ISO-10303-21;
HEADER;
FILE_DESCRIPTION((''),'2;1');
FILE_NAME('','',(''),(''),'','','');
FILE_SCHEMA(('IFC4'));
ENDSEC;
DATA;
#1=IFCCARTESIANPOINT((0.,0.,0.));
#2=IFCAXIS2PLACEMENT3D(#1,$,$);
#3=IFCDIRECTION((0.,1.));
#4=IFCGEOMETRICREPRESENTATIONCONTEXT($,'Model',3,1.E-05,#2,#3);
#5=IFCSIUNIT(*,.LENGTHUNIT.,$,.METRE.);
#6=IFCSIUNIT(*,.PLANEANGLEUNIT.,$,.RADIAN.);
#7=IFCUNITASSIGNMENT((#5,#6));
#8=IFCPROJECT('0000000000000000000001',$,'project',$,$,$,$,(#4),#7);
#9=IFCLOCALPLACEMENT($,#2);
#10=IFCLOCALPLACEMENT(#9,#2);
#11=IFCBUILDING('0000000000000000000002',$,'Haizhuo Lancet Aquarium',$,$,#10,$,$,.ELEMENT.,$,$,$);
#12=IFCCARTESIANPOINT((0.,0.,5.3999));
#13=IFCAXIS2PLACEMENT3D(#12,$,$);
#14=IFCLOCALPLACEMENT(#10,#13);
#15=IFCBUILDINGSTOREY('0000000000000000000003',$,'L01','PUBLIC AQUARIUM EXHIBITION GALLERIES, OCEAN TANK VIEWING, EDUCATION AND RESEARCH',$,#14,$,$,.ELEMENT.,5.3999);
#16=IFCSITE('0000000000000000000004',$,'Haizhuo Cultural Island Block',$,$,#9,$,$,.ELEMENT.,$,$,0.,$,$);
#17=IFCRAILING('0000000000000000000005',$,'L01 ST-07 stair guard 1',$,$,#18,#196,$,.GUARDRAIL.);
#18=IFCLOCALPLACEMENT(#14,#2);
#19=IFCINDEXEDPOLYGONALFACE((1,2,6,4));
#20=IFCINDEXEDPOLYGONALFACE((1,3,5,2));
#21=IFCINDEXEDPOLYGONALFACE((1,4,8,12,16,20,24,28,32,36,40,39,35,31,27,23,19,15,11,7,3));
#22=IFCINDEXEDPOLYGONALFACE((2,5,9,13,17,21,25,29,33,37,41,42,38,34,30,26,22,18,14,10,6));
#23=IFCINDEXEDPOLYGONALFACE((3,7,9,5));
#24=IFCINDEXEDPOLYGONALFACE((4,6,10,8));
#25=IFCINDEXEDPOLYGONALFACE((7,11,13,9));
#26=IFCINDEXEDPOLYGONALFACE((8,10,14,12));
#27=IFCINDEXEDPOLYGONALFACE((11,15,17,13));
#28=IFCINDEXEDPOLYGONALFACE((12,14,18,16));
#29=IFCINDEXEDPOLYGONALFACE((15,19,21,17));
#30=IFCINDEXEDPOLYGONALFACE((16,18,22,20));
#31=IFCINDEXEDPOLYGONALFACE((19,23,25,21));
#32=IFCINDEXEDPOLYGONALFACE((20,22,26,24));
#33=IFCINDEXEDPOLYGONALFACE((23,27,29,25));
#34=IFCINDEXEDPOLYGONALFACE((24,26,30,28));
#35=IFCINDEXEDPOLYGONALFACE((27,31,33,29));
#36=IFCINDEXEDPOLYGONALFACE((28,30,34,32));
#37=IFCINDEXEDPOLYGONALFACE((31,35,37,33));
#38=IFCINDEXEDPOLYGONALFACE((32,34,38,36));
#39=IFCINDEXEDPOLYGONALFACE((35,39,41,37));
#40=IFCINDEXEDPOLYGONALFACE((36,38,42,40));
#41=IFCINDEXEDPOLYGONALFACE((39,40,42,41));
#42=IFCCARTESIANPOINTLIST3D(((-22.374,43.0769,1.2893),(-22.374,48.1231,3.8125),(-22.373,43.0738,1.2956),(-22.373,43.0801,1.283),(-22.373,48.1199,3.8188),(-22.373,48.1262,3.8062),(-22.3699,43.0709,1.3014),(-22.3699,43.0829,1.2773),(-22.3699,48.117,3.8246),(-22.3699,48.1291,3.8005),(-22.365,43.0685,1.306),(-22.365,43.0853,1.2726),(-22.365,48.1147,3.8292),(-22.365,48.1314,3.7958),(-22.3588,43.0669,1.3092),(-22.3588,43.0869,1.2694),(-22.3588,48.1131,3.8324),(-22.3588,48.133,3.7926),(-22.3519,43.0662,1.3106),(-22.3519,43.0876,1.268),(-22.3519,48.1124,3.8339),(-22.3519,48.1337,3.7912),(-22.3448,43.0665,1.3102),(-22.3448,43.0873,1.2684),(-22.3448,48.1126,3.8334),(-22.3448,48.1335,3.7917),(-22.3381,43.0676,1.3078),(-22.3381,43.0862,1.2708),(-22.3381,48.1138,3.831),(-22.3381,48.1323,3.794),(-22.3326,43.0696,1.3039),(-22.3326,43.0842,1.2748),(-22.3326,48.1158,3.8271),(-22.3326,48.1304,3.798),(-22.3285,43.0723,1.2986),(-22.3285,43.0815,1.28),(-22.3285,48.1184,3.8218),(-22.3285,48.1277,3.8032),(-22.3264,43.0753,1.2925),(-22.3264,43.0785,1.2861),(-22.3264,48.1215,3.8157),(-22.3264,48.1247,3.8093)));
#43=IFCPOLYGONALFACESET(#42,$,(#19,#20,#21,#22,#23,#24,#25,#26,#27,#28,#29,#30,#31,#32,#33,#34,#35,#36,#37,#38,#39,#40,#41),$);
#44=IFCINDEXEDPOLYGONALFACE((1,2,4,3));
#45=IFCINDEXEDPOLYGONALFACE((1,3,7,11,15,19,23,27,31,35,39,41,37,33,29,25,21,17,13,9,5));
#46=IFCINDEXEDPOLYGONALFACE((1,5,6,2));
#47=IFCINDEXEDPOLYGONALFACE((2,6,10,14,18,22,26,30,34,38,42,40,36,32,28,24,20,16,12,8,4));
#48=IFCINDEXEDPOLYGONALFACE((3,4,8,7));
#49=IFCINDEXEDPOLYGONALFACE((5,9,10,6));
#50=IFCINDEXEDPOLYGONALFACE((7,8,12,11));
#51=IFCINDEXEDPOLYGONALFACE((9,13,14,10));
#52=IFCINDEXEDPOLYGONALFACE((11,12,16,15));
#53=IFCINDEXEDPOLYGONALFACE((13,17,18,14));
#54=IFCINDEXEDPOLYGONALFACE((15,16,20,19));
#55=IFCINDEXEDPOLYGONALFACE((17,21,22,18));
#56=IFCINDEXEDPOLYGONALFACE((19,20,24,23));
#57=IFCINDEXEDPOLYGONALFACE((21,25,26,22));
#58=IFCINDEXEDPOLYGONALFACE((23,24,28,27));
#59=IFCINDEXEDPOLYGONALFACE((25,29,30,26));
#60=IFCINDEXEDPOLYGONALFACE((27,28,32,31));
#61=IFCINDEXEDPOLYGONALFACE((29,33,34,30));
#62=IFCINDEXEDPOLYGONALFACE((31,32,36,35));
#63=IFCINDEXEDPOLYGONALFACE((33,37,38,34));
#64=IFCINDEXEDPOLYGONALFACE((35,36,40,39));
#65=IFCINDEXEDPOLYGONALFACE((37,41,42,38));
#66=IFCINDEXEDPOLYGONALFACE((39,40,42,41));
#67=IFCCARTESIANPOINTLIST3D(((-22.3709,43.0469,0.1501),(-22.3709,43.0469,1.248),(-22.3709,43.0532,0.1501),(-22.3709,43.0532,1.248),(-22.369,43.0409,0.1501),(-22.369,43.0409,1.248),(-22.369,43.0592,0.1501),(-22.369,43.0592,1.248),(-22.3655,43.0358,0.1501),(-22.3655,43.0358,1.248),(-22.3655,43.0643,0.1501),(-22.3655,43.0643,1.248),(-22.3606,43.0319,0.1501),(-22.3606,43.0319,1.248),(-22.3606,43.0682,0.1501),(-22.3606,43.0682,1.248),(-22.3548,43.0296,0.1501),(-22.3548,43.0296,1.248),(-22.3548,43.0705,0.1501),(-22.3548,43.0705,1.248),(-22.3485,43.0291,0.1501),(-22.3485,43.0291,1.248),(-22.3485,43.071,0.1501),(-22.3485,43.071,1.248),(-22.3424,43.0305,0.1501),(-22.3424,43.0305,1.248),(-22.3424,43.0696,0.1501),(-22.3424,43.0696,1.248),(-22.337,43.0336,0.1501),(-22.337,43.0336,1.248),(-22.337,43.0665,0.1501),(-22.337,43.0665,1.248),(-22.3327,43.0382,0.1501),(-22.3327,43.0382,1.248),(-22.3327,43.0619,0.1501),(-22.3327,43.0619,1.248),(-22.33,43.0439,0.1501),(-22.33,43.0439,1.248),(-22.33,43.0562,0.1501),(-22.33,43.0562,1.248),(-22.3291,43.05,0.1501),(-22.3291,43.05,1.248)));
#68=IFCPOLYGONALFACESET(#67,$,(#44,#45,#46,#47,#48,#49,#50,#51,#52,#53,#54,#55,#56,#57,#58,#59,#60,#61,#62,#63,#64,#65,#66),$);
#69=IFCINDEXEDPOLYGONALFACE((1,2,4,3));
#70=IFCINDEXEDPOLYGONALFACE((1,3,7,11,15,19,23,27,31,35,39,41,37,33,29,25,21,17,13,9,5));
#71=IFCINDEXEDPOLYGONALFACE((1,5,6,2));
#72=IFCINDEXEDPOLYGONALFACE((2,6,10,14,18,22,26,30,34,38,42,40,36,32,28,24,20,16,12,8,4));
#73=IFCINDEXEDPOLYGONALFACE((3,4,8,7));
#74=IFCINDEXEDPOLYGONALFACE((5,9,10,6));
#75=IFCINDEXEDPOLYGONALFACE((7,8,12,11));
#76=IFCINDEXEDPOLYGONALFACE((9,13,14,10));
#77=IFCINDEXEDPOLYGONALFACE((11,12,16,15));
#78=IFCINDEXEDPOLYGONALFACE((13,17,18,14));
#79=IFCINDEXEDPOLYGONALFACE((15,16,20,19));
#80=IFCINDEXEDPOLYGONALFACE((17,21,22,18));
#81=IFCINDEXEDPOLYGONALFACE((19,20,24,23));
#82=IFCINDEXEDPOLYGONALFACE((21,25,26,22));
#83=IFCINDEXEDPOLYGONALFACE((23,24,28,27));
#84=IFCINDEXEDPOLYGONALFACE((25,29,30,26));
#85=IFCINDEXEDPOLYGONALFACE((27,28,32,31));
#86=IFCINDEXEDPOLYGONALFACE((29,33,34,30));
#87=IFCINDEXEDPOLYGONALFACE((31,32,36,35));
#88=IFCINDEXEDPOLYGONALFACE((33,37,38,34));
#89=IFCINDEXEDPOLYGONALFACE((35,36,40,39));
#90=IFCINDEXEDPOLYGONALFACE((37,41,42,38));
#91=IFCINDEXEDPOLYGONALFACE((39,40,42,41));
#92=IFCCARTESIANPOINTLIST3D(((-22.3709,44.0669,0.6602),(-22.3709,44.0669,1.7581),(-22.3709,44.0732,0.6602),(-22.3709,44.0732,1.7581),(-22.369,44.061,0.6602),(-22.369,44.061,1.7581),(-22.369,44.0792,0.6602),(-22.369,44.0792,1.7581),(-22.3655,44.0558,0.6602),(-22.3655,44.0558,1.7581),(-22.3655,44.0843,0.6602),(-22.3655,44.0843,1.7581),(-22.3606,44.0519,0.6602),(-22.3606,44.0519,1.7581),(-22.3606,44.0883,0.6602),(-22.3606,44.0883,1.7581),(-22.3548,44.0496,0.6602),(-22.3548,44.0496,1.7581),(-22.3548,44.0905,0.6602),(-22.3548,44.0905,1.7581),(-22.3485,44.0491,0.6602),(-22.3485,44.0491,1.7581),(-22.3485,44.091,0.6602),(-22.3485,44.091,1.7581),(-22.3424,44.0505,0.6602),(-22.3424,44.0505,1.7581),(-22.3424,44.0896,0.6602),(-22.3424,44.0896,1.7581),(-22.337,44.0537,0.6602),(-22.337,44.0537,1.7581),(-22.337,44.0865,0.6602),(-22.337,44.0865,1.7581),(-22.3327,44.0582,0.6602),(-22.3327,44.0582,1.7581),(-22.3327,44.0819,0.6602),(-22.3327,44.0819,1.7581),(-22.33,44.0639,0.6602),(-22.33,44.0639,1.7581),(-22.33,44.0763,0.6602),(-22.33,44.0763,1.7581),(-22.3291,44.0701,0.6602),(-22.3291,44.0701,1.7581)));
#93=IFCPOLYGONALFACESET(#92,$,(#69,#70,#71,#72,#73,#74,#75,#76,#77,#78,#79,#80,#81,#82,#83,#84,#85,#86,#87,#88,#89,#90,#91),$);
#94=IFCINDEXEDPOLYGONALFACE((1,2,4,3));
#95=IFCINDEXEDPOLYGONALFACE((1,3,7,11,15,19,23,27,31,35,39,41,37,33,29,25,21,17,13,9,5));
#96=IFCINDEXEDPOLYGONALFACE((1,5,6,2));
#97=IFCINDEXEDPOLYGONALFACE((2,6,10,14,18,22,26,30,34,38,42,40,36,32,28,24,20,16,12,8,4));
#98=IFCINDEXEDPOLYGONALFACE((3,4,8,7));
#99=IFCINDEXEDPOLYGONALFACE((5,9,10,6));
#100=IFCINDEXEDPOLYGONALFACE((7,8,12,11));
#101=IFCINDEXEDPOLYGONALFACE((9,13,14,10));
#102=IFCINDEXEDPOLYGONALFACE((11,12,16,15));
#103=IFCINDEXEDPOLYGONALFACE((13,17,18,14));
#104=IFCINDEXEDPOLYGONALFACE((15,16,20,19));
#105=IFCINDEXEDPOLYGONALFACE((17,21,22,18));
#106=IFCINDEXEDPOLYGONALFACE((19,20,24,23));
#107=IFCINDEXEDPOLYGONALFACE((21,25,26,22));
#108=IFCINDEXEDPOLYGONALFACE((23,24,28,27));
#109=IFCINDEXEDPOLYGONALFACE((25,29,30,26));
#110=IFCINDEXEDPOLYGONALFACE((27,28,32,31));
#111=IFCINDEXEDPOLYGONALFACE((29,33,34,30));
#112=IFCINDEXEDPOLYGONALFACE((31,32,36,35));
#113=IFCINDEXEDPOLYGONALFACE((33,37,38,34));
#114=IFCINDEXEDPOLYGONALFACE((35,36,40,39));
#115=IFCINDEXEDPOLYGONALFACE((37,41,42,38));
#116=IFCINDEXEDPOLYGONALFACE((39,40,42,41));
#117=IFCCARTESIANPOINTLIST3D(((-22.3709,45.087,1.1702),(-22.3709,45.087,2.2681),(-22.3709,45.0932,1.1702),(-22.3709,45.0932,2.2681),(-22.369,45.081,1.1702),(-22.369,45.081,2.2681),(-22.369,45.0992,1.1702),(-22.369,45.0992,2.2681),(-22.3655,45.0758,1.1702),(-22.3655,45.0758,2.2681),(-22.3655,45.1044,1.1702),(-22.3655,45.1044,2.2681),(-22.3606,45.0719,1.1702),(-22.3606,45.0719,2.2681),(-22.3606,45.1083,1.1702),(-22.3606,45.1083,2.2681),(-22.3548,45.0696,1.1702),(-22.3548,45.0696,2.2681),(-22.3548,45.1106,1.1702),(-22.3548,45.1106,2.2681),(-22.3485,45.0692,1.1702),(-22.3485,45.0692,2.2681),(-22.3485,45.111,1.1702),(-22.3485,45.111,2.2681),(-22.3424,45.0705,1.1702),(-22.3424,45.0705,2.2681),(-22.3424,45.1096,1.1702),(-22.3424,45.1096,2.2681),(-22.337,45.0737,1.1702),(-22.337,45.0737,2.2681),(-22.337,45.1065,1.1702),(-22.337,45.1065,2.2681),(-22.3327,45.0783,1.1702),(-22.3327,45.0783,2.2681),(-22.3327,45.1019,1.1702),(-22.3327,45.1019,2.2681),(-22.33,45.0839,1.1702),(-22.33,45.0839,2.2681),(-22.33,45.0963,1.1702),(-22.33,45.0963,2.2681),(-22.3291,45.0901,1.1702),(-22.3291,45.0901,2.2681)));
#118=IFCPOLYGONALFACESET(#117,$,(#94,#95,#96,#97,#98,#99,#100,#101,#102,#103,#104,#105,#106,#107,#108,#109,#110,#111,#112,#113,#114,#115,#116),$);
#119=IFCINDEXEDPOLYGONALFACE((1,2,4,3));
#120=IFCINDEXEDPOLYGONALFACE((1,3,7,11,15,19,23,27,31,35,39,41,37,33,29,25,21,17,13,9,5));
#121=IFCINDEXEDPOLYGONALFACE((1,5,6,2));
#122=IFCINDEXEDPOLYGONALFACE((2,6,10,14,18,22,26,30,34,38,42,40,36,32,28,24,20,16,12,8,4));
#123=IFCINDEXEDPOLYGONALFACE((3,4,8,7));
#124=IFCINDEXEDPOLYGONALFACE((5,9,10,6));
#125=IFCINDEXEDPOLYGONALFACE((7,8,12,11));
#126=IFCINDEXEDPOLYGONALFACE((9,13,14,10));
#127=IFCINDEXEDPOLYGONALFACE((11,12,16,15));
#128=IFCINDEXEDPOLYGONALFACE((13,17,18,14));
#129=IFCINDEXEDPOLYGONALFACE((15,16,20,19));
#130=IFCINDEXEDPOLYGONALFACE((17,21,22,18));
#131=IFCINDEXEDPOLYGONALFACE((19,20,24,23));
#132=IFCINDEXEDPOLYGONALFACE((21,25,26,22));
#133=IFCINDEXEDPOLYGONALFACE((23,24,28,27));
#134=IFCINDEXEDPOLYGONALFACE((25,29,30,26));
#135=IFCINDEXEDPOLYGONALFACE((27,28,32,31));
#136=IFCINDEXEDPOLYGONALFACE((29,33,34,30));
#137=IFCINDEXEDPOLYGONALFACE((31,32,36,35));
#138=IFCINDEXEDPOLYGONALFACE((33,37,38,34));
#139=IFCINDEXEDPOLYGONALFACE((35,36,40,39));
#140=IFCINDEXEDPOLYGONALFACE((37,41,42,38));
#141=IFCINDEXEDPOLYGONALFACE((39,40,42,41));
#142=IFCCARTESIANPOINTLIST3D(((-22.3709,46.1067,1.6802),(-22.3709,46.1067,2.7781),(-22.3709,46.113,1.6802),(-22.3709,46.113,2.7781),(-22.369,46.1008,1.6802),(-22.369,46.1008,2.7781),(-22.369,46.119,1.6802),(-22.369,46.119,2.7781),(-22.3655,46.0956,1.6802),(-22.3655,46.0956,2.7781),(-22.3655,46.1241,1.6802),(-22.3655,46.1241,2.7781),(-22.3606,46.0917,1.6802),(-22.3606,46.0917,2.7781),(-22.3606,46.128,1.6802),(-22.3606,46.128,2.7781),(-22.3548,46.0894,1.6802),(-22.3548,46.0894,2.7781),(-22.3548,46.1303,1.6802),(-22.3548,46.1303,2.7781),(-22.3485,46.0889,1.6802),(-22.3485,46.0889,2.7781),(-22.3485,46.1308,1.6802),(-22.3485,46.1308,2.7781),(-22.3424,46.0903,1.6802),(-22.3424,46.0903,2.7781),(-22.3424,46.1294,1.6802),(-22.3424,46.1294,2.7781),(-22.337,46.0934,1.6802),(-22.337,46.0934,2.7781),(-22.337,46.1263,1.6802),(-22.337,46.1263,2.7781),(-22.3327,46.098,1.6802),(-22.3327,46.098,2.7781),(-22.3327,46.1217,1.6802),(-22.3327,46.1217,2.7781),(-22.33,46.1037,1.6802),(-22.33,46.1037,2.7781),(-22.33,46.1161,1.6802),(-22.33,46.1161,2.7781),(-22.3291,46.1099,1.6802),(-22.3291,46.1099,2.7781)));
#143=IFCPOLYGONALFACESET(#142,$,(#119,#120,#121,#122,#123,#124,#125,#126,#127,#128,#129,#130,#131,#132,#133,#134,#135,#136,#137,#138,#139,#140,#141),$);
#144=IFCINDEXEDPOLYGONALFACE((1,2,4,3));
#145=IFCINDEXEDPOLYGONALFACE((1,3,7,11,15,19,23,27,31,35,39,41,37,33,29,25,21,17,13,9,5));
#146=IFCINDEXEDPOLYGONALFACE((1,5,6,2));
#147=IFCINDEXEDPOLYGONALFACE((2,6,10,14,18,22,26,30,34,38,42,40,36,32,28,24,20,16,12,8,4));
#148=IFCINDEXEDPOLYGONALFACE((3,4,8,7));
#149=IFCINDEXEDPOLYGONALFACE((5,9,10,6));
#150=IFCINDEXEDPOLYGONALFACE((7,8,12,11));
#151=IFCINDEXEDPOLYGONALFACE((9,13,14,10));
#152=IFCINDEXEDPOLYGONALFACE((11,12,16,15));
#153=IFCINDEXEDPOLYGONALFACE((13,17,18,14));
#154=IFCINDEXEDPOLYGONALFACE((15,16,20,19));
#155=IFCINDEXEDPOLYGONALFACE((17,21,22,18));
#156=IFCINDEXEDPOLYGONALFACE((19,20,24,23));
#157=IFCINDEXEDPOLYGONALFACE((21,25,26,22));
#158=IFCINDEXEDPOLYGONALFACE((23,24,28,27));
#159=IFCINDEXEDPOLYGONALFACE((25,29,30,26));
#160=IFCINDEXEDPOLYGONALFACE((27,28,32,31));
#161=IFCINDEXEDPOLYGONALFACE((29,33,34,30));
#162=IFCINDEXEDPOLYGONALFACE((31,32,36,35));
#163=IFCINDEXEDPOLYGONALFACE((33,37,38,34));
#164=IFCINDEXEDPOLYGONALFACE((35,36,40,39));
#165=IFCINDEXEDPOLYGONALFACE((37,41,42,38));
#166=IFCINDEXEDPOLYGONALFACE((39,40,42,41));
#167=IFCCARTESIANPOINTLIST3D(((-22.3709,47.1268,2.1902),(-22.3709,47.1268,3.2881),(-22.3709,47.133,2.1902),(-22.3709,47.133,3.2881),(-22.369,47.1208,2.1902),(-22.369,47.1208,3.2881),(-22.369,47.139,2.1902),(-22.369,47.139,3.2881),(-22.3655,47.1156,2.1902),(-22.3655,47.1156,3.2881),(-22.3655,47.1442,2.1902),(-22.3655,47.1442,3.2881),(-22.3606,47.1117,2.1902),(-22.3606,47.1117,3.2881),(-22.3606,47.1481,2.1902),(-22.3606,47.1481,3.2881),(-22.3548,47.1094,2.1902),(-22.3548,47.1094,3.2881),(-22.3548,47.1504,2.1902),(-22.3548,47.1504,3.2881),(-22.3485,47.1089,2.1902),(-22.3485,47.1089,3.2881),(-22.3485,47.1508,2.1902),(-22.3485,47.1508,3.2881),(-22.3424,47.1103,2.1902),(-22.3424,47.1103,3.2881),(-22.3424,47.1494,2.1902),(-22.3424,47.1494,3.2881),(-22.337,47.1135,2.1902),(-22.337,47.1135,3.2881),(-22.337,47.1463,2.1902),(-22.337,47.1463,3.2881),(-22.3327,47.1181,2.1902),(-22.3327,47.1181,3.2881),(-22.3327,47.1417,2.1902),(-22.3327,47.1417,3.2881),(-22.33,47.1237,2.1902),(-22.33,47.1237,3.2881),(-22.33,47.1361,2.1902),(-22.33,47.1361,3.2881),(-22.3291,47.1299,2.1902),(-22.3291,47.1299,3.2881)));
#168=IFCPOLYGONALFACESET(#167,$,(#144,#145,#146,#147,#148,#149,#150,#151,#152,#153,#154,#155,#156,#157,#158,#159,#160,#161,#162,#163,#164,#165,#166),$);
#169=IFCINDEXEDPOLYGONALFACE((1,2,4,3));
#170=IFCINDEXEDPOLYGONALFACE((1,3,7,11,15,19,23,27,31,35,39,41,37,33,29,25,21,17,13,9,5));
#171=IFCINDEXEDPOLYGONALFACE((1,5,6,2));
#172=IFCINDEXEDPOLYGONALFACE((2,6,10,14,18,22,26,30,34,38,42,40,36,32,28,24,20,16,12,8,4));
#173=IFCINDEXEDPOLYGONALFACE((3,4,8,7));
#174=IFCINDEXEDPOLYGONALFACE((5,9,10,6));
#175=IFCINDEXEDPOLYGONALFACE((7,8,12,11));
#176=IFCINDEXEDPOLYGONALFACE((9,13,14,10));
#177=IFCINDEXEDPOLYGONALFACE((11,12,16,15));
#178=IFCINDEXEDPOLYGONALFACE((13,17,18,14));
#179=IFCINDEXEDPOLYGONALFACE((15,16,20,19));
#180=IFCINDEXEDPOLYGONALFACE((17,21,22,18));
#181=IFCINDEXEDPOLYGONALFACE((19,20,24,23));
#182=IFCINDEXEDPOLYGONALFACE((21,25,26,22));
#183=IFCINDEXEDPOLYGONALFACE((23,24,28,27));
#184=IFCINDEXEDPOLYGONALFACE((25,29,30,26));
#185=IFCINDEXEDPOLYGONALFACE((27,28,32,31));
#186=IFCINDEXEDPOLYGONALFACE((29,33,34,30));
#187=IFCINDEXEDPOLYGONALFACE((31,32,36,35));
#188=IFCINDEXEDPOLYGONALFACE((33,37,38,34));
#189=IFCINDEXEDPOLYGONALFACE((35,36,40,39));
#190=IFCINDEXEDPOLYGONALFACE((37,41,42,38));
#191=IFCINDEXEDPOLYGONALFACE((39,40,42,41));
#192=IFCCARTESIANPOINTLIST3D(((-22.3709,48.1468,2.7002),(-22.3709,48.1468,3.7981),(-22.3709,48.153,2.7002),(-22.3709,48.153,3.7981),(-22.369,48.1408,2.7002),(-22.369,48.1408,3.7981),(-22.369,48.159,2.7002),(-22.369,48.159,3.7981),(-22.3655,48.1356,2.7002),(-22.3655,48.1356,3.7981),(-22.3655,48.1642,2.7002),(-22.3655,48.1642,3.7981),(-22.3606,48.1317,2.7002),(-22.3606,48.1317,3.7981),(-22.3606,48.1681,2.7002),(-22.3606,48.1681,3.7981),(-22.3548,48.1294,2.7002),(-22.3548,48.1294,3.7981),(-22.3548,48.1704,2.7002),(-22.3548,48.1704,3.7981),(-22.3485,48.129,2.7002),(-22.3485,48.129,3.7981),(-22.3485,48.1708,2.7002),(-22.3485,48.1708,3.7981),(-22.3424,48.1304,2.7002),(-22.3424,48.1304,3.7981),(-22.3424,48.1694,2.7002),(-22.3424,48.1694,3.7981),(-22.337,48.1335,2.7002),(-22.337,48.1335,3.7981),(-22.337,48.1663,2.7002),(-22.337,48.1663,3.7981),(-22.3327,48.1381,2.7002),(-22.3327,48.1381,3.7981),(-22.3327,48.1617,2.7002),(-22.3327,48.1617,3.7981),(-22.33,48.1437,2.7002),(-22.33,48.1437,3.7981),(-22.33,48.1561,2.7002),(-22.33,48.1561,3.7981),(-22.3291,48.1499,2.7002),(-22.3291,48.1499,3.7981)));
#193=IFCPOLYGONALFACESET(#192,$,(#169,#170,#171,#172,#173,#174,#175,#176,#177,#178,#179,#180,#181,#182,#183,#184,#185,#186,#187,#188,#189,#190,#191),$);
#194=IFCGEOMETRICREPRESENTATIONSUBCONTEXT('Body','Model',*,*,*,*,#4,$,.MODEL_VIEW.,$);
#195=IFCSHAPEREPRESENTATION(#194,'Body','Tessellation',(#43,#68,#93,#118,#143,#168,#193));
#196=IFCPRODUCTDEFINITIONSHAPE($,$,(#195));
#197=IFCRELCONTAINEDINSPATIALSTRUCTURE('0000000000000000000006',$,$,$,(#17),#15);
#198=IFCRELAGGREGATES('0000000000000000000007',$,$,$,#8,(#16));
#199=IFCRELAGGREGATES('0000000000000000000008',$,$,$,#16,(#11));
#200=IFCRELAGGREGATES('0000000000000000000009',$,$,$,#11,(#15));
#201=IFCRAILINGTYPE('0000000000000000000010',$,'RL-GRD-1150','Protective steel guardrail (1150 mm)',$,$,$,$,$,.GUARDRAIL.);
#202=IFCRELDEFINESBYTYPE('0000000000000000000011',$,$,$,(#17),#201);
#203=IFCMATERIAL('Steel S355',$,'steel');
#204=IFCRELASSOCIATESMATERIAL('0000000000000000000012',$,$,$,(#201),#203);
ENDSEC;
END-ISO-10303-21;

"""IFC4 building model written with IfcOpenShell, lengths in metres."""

from ifc_helpers import new_model, si_unit, direction, frame, origin, origin_2d, place, context, subcontext, project, spatial, circle, extrude, material, type_object, element, save


model = new_model("IFC4")

# Units and contexts
model_context = context("Model", 3, precision=1e-05, world=origin(), true_north=direction((0.0, 1.0)))
body_context = subcontext(model_context, "Body", "Model", "MODEL_VIEW")
ifc_project = project(units=[si_unit("LENGTHUNIT", "METRE"), si_unit("PLANEANGLEUNIT", "RADIAN")], contexts=[model_context])

# Site, building, storey
site_placement = place(None, origin())
site = spatial("IfcSite", under=ifc_project, at=site_placement, Name="Haizhuo Cultural Island Block", CompositionType="ELEMENT", RefElevation=0.0)
building_placement = place(site_placement, origin())
building = spatial("IfcBuilding", under=site, at=building_placement, Name="Haizhuo Lancet Aquarium", CompositionType="ELEMENT")
storey_placement = place(building_placement, frame((0.0, 0.0, 5.3999)))
storey = spatial("IfcBuildingStorey", under=building, at=storey_placement, Name="L01", Description="PUBLIC AQUARIUM EXHIBITION GALLERIES, OCEAN TANK VIEWING, EDUCATION AND RESEARCH", CompositionType="ELEMENT", Elevation=5.3999)

# Shared definitions
ifc_material_1 = material(Name="Steel S355", Category="steel")

# Railing
railing_type_1 = type_object("IfcRailingType", Name="RL-GRD-1150", Description="Protective steel guardrail (1150 mm)", PredefinedType="GUARDRAIL", material=ifc_material_1)
railing_1_placement = place(storey_placement, frame((-22.3501, 43.05, 0.1501)))
element("IfcRailing", 1, at=railing_1_placement, inside=storey, type_object=railing_type_1, Name="L01 ST-07 stair guard 1", PredefinedType="GUARDRAIL", context=body_context, shape_type="SweptSolid", body=[
    extrude(circle(Radius=0.0239, at=origin_2d()), frame((0.0, 0.0269, 1.1392), z_axis=(0.0, 0.894419, 0.447231), x_axis=(-1.0, 0.0, 0.0)), (0.0, 0.0, 1.0), 5.6418),
    extrude(circle(Radius=0.021, at=origin_2d()), origin(), (0.0, 0.0, 1.0), 1.0979),
    extrude(circle(Radius=0.021, at=origin_2d()), frame((0.0, 1.02, 0.51)), (0.0, 0.0, 1.0), 1.0979),
    extrude(circle(Radius=0.021, at=origin_2d()), frame((0.0, 2.04, 1.02)), (0.0, 0.0, 1.0), 1.0979),
    extrude(circle(Radius=0.021, at=origin_2d()), frame((0.0, 3.0598, 1.53)), (0.0, 0.0, 1.0), 1.0979),
    extrude(circle(Radius=0.021, at=origin_2d()), frame((0.0, 4.0798, 2.04)), (0.0, 0.0, 1.0), 1.0979),
    extrude(circle(Radius=0.021, at=origin_2d()), frame((0.0, 5.0999, 2.55)), (0.0, 0.0, 1.0), 1.0979),
])

save(model, "model.ifc")
